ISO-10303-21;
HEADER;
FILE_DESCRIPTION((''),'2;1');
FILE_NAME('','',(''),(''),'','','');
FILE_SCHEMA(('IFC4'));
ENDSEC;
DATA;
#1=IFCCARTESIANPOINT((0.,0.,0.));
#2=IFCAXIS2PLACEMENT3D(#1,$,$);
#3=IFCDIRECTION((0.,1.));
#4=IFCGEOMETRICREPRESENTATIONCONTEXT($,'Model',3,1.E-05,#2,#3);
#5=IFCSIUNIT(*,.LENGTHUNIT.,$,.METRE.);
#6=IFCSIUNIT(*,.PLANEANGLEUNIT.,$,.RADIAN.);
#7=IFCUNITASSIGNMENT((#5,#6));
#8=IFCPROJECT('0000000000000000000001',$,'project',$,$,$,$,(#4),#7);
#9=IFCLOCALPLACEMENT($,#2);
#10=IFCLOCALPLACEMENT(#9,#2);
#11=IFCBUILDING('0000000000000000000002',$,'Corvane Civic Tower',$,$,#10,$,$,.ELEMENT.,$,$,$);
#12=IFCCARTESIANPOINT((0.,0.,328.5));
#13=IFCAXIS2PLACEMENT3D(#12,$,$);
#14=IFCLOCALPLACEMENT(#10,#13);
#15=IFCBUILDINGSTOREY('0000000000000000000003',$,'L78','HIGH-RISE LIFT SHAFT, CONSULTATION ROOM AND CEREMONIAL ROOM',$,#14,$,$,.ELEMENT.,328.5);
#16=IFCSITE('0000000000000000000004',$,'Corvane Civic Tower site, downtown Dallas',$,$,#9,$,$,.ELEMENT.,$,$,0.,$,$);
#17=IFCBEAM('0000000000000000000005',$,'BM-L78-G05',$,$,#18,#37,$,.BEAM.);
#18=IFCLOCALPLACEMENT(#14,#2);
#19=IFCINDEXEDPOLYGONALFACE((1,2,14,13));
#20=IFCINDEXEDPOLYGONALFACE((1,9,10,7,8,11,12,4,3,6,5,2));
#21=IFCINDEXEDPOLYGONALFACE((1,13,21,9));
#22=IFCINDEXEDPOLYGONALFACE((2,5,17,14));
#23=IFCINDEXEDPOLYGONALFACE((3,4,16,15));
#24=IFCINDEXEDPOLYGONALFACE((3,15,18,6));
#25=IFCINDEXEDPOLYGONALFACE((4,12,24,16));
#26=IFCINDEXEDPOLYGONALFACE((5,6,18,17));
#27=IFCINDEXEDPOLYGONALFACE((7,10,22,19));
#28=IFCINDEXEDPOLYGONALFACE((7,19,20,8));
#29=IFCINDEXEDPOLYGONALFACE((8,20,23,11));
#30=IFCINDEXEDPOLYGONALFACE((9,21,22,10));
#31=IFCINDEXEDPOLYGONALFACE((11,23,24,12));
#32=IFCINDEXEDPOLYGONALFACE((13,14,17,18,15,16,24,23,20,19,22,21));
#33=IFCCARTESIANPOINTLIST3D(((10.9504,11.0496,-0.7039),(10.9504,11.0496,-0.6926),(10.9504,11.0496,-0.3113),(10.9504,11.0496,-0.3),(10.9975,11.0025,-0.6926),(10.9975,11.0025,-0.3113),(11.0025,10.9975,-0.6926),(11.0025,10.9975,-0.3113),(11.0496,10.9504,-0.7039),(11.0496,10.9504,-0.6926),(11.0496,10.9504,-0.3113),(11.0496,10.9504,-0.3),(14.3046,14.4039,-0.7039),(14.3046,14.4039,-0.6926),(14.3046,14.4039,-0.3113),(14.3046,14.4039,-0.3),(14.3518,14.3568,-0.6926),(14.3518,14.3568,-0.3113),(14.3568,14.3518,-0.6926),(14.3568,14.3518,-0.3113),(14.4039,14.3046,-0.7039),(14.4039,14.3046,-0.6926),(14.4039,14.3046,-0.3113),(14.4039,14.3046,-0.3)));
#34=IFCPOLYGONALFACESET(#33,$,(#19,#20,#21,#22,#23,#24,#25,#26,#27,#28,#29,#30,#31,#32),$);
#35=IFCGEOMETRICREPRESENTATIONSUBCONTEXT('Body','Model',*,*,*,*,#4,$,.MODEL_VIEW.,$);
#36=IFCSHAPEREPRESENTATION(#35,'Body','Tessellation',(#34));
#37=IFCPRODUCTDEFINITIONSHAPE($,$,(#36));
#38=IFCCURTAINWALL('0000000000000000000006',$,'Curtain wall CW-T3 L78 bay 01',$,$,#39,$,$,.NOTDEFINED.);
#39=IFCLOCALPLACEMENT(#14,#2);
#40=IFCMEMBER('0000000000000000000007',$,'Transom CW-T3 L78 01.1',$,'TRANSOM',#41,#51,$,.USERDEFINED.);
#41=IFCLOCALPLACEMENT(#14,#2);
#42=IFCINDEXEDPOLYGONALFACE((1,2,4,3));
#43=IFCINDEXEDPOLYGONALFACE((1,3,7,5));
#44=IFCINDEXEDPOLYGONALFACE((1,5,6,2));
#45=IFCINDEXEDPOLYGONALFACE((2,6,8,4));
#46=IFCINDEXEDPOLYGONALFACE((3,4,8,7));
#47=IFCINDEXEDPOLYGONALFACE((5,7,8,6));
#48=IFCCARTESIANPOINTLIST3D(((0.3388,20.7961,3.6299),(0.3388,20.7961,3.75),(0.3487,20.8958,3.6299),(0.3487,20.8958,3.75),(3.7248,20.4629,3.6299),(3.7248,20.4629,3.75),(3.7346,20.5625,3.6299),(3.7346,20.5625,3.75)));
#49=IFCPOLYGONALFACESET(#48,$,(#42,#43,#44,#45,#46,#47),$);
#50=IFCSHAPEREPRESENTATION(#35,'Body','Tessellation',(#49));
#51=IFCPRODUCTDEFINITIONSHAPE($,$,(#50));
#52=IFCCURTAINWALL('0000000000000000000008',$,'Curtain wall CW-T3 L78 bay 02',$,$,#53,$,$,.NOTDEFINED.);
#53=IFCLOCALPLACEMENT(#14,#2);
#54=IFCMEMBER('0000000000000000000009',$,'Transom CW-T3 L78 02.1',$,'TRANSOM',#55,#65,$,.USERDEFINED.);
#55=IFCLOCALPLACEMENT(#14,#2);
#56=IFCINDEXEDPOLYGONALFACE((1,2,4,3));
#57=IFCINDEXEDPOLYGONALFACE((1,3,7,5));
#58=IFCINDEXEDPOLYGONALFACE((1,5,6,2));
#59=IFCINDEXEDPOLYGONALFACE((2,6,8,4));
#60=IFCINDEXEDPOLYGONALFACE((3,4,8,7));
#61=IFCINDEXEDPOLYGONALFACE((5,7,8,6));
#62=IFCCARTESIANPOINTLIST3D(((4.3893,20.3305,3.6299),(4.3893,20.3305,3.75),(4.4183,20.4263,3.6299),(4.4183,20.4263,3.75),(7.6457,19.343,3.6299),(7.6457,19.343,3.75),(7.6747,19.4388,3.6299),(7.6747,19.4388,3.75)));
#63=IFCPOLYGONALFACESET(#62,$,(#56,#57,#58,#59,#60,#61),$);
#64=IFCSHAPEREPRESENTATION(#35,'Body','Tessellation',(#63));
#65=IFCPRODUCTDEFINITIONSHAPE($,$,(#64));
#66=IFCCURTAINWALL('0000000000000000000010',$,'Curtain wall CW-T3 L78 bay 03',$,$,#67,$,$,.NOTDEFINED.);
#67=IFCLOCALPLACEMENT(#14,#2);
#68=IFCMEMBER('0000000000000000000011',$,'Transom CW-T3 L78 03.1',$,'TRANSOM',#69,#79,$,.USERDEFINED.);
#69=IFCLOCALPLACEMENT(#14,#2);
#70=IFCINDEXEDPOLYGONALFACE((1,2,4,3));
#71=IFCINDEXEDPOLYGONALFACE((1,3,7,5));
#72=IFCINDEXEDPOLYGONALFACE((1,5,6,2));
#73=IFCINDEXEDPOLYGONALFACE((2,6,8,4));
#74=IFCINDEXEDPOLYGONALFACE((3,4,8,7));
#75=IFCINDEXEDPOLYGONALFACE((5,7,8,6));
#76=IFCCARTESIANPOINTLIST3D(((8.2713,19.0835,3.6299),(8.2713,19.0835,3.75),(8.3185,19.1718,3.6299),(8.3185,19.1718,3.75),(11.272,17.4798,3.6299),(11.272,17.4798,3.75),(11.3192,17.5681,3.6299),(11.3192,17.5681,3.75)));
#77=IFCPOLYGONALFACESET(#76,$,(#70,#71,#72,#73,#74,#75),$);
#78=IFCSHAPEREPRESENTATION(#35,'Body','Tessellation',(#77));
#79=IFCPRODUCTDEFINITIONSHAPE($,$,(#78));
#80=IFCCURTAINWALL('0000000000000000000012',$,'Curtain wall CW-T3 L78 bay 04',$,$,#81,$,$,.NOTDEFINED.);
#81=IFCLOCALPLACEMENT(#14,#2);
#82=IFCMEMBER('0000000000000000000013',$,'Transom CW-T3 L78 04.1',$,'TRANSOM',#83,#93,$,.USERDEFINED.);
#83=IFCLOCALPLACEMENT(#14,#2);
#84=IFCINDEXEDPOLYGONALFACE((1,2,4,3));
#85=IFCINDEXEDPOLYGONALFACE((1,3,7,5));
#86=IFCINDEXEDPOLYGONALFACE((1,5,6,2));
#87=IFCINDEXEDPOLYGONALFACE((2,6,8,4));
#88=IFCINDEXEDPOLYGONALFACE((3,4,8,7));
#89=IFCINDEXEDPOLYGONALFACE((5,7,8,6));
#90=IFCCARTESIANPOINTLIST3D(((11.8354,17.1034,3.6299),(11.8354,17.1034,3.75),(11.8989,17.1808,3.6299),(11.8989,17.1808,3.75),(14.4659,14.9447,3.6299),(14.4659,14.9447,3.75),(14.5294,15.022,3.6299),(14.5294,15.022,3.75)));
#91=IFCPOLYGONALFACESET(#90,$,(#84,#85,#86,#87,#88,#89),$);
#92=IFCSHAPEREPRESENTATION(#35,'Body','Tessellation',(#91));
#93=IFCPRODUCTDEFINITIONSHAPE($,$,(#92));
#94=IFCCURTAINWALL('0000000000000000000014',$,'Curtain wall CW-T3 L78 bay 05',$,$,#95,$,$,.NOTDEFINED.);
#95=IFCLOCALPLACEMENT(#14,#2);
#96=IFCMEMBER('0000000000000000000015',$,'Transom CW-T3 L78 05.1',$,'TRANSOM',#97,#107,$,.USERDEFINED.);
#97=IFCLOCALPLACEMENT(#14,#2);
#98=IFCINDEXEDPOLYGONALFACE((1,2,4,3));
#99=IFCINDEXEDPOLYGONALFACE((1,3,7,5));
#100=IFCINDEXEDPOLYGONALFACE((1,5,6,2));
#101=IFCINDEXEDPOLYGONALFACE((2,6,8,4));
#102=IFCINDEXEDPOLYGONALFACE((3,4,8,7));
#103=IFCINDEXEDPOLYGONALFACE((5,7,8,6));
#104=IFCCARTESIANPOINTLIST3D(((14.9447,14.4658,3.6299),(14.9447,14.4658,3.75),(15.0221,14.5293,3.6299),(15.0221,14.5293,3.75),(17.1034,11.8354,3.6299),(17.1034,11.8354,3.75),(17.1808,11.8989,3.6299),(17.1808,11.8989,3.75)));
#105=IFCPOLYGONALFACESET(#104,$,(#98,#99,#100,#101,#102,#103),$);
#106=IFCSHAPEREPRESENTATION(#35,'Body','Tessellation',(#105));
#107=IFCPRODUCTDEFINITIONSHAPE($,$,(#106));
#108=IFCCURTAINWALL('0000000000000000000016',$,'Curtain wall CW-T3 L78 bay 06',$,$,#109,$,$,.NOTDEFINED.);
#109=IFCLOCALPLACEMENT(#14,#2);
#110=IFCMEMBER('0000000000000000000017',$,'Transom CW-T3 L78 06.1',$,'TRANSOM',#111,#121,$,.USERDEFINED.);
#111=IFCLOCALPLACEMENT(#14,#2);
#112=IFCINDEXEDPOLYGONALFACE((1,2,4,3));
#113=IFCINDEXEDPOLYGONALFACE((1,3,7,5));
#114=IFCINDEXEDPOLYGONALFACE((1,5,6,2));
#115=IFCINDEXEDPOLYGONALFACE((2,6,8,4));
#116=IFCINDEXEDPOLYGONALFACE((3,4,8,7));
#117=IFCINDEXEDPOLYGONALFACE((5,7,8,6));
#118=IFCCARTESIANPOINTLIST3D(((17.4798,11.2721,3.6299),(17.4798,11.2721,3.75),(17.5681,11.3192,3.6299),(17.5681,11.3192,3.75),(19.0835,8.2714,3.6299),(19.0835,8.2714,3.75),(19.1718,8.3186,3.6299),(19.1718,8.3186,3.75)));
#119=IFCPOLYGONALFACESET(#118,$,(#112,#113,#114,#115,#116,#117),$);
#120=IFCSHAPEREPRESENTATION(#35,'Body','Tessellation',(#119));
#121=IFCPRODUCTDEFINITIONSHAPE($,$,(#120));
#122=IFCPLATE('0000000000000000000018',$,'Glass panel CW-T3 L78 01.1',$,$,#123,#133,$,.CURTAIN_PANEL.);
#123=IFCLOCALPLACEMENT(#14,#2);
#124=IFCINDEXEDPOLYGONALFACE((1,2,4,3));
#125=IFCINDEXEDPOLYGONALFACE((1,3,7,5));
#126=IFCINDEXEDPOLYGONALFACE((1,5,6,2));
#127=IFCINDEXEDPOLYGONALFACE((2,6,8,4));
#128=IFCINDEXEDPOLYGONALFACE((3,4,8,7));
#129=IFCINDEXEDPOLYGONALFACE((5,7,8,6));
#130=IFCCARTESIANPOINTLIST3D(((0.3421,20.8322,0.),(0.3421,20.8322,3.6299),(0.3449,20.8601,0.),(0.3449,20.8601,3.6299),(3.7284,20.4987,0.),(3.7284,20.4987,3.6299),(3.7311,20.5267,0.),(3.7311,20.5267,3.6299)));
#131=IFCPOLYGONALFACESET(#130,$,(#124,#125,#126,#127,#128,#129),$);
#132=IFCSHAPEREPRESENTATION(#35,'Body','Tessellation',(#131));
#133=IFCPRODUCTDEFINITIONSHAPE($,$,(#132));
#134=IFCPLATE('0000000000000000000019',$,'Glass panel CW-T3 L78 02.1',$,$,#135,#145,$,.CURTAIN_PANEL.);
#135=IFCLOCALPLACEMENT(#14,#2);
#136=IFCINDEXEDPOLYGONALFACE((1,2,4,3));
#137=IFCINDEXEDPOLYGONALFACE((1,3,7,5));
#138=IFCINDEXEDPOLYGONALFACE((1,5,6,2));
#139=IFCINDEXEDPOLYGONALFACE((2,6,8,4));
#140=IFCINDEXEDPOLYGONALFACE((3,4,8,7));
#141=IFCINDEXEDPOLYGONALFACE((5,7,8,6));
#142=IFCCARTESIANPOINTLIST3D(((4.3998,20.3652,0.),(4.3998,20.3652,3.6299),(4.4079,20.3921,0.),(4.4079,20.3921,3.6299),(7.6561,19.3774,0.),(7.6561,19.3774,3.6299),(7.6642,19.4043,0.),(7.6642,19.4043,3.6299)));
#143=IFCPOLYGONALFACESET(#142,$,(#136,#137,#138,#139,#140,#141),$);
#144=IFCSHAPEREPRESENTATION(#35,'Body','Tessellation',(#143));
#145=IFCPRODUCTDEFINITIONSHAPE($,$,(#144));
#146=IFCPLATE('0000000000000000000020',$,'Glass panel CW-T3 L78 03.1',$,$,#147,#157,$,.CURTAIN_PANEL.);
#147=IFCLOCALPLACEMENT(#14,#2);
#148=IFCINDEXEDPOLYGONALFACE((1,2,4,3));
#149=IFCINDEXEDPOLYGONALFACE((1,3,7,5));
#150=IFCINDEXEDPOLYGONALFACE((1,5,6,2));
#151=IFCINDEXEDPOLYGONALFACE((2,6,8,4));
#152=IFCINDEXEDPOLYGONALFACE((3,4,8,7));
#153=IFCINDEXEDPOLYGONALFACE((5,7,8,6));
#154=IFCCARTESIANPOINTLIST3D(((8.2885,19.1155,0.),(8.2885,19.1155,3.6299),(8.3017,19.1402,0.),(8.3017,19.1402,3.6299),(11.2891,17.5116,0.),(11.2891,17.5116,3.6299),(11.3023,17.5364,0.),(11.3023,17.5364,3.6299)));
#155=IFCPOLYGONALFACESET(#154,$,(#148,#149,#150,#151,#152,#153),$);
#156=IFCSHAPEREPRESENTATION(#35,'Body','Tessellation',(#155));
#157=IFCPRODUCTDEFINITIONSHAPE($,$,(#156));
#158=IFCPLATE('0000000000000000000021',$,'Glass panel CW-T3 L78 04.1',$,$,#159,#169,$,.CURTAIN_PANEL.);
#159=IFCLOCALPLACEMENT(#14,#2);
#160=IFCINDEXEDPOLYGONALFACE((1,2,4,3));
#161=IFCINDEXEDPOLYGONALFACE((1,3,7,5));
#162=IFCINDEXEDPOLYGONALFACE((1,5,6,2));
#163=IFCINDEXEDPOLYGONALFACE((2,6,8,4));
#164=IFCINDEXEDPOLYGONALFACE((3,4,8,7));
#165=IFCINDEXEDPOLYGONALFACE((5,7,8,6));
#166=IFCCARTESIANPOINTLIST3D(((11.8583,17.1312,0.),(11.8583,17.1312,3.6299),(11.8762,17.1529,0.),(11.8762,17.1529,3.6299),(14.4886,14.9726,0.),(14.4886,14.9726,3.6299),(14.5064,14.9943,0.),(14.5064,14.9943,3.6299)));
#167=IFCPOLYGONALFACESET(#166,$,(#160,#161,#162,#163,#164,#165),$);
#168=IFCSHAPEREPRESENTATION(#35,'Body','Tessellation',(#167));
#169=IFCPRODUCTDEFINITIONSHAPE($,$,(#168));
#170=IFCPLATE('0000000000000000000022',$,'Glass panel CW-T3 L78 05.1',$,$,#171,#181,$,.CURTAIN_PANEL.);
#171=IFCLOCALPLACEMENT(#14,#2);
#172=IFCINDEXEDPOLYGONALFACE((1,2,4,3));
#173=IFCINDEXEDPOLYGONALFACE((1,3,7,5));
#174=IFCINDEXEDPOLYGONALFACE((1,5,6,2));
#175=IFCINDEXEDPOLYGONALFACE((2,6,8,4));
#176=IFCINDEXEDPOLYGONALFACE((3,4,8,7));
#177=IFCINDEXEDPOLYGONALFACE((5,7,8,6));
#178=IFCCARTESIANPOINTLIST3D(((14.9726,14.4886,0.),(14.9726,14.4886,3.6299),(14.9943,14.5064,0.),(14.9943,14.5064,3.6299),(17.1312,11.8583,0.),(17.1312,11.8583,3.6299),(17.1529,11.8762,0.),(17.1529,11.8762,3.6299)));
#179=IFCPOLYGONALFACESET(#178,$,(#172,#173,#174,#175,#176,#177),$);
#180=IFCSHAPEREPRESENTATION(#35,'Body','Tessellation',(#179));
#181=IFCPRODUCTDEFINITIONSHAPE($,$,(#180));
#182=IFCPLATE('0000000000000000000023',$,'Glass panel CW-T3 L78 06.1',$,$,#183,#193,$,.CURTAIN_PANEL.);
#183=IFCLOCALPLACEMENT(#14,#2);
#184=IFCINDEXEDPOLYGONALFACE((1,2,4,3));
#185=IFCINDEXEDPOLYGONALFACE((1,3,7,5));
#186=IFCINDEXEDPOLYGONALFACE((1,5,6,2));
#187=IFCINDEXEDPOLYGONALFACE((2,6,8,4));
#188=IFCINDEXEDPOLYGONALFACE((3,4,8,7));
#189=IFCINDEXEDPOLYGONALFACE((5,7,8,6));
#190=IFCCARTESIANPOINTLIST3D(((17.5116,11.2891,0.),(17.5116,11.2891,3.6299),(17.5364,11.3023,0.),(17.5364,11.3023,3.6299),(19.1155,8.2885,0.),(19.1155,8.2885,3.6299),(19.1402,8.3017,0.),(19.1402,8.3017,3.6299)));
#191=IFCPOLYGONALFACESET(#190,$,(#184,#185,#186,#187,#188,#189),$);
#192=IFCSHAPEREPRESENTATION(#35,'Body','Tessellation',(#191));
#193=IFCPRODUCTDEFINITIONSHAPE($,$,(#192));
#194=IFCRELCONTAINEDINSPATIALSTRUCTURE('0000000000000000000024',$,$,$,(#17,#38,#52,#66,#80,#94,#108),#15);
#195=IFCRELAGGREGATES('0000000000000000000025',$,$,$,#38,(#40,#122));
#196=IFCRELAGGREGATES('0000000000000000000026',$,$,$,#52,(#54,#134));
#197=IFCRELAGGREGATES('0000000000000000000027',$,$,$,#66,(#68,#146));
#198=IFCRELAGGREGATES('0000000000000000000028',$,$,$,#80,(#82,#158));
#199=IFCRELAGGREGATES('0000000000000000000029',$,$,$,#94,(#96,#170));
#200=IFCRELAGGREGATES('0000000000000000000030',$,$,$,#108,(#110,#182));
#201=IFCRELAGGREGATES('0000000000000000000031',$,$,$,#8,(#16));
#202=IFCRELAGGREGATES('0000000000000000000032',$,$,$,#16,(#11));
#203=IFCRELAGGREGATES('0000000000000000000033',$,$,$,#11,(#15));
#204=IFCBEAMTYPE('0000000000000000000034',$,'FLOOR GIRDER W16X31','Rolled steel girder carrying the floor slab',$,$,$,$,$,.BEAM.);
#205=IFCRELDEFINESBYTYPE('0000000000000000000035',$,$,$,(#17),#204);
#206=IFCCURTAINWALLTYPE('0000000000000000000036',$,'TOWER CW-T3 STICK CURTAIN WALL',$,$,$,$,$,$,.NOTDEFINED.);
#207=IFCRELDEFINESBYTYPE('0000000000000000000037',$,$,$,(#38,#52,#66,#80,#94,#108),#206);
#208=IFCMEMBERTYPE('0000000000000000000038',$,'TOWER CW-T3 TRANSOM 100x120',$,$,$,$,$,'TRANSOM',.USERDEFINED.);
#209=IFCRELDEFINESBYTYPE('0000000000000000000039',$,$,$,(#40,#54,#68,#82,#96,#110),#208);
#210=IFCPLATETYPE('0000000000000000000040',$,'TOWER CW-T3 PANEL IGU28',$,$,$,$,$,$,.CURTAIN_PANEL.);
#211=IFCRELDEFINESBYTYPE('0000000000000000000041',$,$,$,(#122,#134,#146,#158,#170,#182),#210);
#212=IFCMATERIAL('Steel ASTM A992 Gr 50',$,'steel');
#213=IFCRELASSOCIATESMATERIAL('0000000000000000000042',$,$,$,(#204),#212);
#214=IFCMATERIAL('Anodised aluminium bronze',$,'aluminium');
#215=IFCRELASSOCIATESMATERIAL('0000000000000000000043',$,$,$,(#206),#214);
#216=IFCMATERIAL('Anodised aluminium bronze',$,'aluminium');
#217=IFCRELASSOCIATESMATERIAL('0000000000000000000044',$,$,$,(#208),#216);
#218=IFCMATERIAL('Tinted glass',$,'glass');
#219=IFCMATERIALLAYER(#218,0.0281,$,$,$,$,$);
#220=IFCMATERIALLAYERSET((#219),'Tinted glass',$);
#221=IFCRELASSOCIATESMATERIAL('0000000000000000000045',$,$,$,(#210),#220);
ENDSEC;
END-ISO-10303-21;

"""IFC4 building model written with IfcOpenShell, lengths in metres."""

from ifc_helpers import new_model, si_unit, direction, frame, origin, origin_2d, place, context, subcontext, project, spatial, rectangle, i_section, extrude, material, layer, layer_set, material_profile, profile_set, type_object, element, aggregate, save


model = new_model("IFC4")

# Units and contexts
model_context = context("Model", 3, precision=1e-05, world=origin(), true_north=direction((0.0, 1.0)))
body_context = subcontext(model_context, "Body", "Model", "MODEL_VIEW")
ifc_project = project(units=[si_unit("LENGTHUNIT", "METRE"), si_unit("PLANEANGLEUNIT", "RADIAN")], contexts=[model_context])

# Site, building, storey
site_placement = place(None, origin())
site = spatial("IfcSite", under=ifc_project, at=site_placement, Name="Corvane Civic Tower site, downtown Dallas", CompositionType="ELEMENT", RefElevation=0.0)
building_placement = place(site_placement, origin())
building = spatial("IfcBuilding", under=site, at=building_placement, Name="Corvane Civic Tower", CompositionType="ELEMENT")
storey_placement = place(building_placement, frame((0.0, 0.0, 328.5)))
storey = spatial("IfcBuildingStorey", under=building, at=storey_placement, Name="L78", Description="HIGH-RISE LIFT SHAFT, CONSULTATION ROOM AND CEREMONIAL ROOM", CompositionType="ELEMENT", Elevation=328.5)

# Beam
ifc_material_1 = material(Name="Steel ASTM A992 Gr 50", Category="steel")
ifc_material_profile_1 = material_profile(ifc_material_1, i_section(OverallWidth=0.1404, OverallDepth=0.4038, WebThickness=0.0071, FlangeThickness=0.0112, at=origin_2d()), Name="W16X31")
ifc_profile_set_1 = profile_set([ifc_material_profile_1], Name="Steel ASTM A992 Gr 50")
beam_type_1 = type_object("IfcBeamType", Name="FLOOR GIRDER W16X31", Description="Rolled steel girder carrying the floor slab", PredefinedType="BEAM", material=ifc_profile_set_1)
beam_1_placement = place(storey_placement, frame((11.0, 11.0, -0.502), z_axis=(0.707107, 0.707107, 0.0), x_axis=(-0.707107, 0.707107, 0.0)))
element("IfcBeam", 1, at=beam_1_placement, inside=storey, type_object=beam_type_1, Name="BM-L78-G05", PredefinedType="BEAM", context=body_context, shape_type="SweptSolid", body=[
    extrude(i_section(OverallWidth=0.1404, OverallDepth=0.4038, WebThickness=0.0071, FlangeThickness=0.0112, at=origin_2d()), origin(), (0.0, 0.0, 1.0), 4.7437),
])

# Curtain walls, members
ifc_material_2 = material(Name="Anodised aluminium bronze", Category="aluminium")
curtain_wall_type = type_object("IfcCurtainWallType", Name="TOWER CW-T3 STICK CURTAIN WALL", PredefinedType="NOTDEFINED", material=ifc_material_2)
curtain_wall_1_placement = place(storey_placement, origin())
curtain_wall_1 = element("IfcCurtainWall", 2, at=curtain_wall_1_placement, inside=storey, type_object=curtain_wall_type, Name="Curtain wall CW-T3 L78 bay 01", PredefinedType="NOTDEFINED")
ifc_material_3 = material(Name="Anodised aluminium bronze", Category="aluminium")
ifc_material_profile_2 = material_profile(ifc_material_3, rectangle(XDim=0.1001, YDim=0.1201, at=origin_2d()), Name="TOWER CW-T3 TRANSOM 100x120")
ifc_profile_set_2 = profile_set([ifc_material_profile_2], Name="Anodised aluminium bronze")
member_type = type_object("IfcMemberType", Name="TOWER CW-T3 TRANSOM 100x120", ElementType="TRANSOM", PredefinedType="USERDEFINED", material=ifc_profile_set_2)
member_1_placement = place(storey_placement, frame((0.3438, 20.8459, 3.6899), z_axis=(0.995192, -0.097948, 0.0), x_axis=(0.097948, 0.995192, 0.0)))
member_1 = element("IfcMember", 3, at=member_1_placement, type_object=member_type, Name="Transom CW-T3 L78 01.1", ObjectType="TRANSOM", PredefinedType="USERDEFINED", context=body_context, shape_type="SweptSolid", body=[
    extrude(rectangle(XDim=0.1001, YDim=0.1201, at=origin_2d()), origin(), (0.0, 0.0, 1.0), 3.4023),
])
curtain_wall_2_placement = place(storey_placement, origin())
curtain_wall_2 = element("IfcCurtainWall", 4, at=curtain_wall_2_placement, inside=storey, type_object=curtain_wall_type, Name="Curtain wall CW-T3 L78 bay 02", PredefinedType="NOTDEFINED")
member_2_placement = place(storey_placement, frame((4.4038, 20.3784, 3.6899), z_axis=(0.956961, -0.290216, 0.0), x_axis=(0.290216, 0.956961, 0.0)))
member_2 = element("IfcMember", 5, at=member_2_placement, type_object=member_type, Name="Transom CW-T3 L78 02.1", ObjectType="TRANSOM", PredefinedType="USERDEFINED", context=body_context, shape_type="SweptSolid", body=[
    extrude(rectangle(XDim=0.1001, YDim=0.1201, at=origin_2d()), origin(), (0.0, 0.0, 1.0), 3.4028),
])
curtain_wall_3_placement = place(storey_placement, origin())
curtain_wall_3 = element("IfcCurtainWall", 6, at=curtain_wall_3_placement, inside=storey, type_object=curtain_wall_type, Name="Curtain wall CW-T3 L78 bay 03", PredefinedType="NOTDEFINED")
member_3_placement = place(storey_placement, frame((8.2949, 19.1277, 3.6899), z_axis=(0.881941, -0.471359, 0.0), x_axis=(0.471359, 0.881941, 0.0)))
member_3 = element("IfcMember", 7, at=member_3_placement, type_object=member_type, Name="Transom CW-T3 L78 03.1", ObjectType="TRANSOM", PredefinedType="USERDEFINED", context=body_context, shape_type="SweptSolid", body=[
    extrude(rectangle(XDim=0.1001, YDim=0.1201, at=origin_2d()), origin(), (0.0, 0.0, 1.0), 3.4023),
])
curtain_wall_4_placement = place(storey_placement, origin())
curtain_wall_4 = element("IfcCurtainWall", 8, at=curtain_wall_4_placement, inside=storey, type_object=curtain_wall_type, Name="Curtain wall CW-T3 L78 bay 04", PredefinedType="NOTDEFINED")
member_4_placement = place(storey_placement, frame((11.8672, 17.1421, 3.6899), z_axis=(0.77301, -0.634394, 0.0), x_axis=(0.634394, 0.77301, 0.0)))
member_4 = element("IfcMember", 9, at=member_4_placement, type_object=member_type, Name="Transom CW-T3 L78 04.1", ObjectType="TRANSOM", PredefinedType="USERDEFINED", context=body_context, shape_type="SweptSolid", body=[
    extrude(rectangle(XDim=0.1001, YDim=0.1201, at=origin_2d()), origin(), (0.0, 0.0, 1.0), 3.4028),
])
curtain_wall_5_placement = place(storey_placement, origin())
curtain_wall_5 = element("IfcCurtainWall", 10, at=curtain_wall_5_placement, inside=storey, type_object=curtain_wall_type, Name="Curtain wall CW-T3 L78 bay 05", PredefinedType="NOTDEFINED")
member_5_placement = place(storey_placement, frame((14.9834, 14.4976, 3.6899), z_axis=(0.634394, -0.77301, 0.0), x_axis=(0.77301, 0.634394, 0.0)))
member_5 = element("IfcMember", 11, at=member_5_placement, type_object=member_type, Name="Transom CW-T3 L78 05.1", ObjectType="TRANSOM", PredefinedType="USERDEFINED", context=body_context, shape_type="SweptSolid", body=[
    extrude(rectangle(XDim=0.1001, YDim=0.1201, at=origin_2d()), origin(), (0.0, 0.0, 1.0), 3.4028),
])
curtain_wall_6_placement = place(storey_placement, origin())
curtain_wall_6 = element("IfcCurtainWall", 12, at=curtain_wall_6_placement, inside=storey, type_object=curtain_wall_type, Name="Curtain wall CW-T3 L78 bay 06", PredefinedType="NOTDEFINED")
member_6_placement = place(storey_placement, frame((17.5239, 11.2957, 3.6899), z_axis=(0.471359, -0.881941, 0.0), x_axis=(0.881941, 0.471359, 0.0)))
member_6 = element("IfcMember", 13, at=member_6_placement, type_object=member_type, Name="Transom CW-T3 L78 06.1", ObjectType="TRANSOM", PredefinedType="USERDEFINED", context=body_context, shape_type="SweptSolid", body=[
    extrude(rectangle(XDim=0.1001, YDim=0.1201, at=origin_2d()), origin(), (0.0, 0.0, 1.0), 3.4023),
])

# Plates
ifc_material_4 = material(Name="Tinted glass", Category="glass")
ifc_layer_1 = layer(ifc_material_4, 0.0281)
ifc_layer_set_1 = layer_set([ifc_layer_1], Name="Tinted glass")
plate_type = type_object("IfcPlateType", Name="TOWER CW-T3 PANEL IGU28", PredefinedType="CURTAIN_PANEL", material=ifc_layer_set_1)
plate_1_placement = place(storey_placement, frame((2.0366, 20.6794, 0.0), z_axis=(0.0, 0.0, 1.0), x_axis=(0.995187, -0.097998, 0.0)))
plate_1 = element("IfcPlate", 14, at=plate_1_placement, type_object=plate_type, Name="Glass panel CW-T3 L78 01.1", PredefinedType="CURTAIN_PANEL", context=body_context, shape_type="SweptSolid", body=[
    extrude(rectangle(XDim=3.4026, YDim=0.0281, at=origin_2d()), origin(), (0.0, 0.0, 1.0), 3.6299),
])
aggregate(curtain_wall_1, [member_1, plate_1])
plate_2_placement = place(storey_placement, frame((6.032, 19.8848, 0.0), z_axis=(0.0, 0.0, 1.0), x_axis=(0.956939, -0.29029, 0.0)))
plate_2 = element("IfcPlate", 15, at=plate_2_placement, type_object=plate_type, Name="Glass panel CW-T3 L78 02.1", PredefinedType="CURTAIN_PANEL", context=body_context, shape_type="SweptSolid", body=[
    extrude(rectangle(XDim=3.4028, YDim=0.0281, at=origin_2d()), origin(), (0.0, 0.0, 1.0), 3.6299),
])
aggregate(curtain_wall_2, [member_2, plate_2])
plate_3_placement = place(storey_placement, frame((9.7954, 18.3259, 0.0), z_axis=(0.0, 0.0, 1.0), x_axis=(0.881928, -0.471384, 0.0)))
plate_3 = element("IfcPlate", 16, at=plate_3_placement, type_object=plate_type, Name="Glass panel CW-T3 L78 03.1", PredefinedType="CURTAIN_PANEL", context=body_context, shape_type="SweptSolid", body=[
    extrude(rectangle(XDim=3.4023, YDim=0.0281, at=origin_2d()), origin(), (0.0, 0.0, 1.0), 3.6299),
])
aggregate(curtain_wall_3, [member_3, plate_3])
plate_4_placement = place(storey_placement, frame((13.1824, 16.0627, 0.0), z_axis=(0.0, 0.0, 1.0), x_axis=(0.77301, -0.634393, 0.0)))
plate_4 = element("IfcPlate", 17, at=plate_4_placement, type_object=plate_type, Name="Glass panel CW-T3 L78 04.1", PredefinedType="CURTAIN_PANEL", context=body_context, shape_type="SweptSolid", body=[
    extrude(rectangle(XDim=3.4026, YDim=0.0281, at=origin_2d()), origin(), (0.0, 0.0, 1.0), 3.6299),
])
aggregate(curtain_wall_4, [member_4, plate_4])
plate_5_placement = place(storey_placement, frame((16.0627, 13.1824, 0.0), z_axis=(0.0, 0.0, 1.0), x_axis=(0.634393, -0.77301, 0.0)))
plate_5 = element("IfcPlate", 18, at=plate_5_placement, type_object=plate_type, Name="Glass panel CW-T3 L78 05.1", PredefinedType="CURTAIN_PANEL", context=body_context, shape_type="SweptSolid", body=[
    extrude(rectangle(XDim=3.4026, YDim=0.0281, at=origin_2d()), origin(), (0.0, 0.0, 1.0), 3.6299),
])
aggregate(curtain_wall_5, [member_5, plate_5])
plate_6_placement = place(storey_placement, frame((18.3259, 9.7954, 0.0), z_axis=(0.0, 0.0, 1.0), x_axis=(0.471384, -0.881928, 0.0)))
plate_6 = element("IfcPlate", 19, at=plate_6_placement, type_object=plate_type, Name="Glass panel CW-T3 L78 06.1", PredefinedType="CURTAIN_PANEL", context=body_context, shape_type="SweptSolid", body=[
    extrude(rectangle(XDim=3.4023, YDim=0.0281, at=origin_2d()), origin(), (0.0, 0.0, 1.0), 3.6299),
])
aggregate(curtain_wall_6, [member_6, plate_6])

save(model, "model.ifc")
